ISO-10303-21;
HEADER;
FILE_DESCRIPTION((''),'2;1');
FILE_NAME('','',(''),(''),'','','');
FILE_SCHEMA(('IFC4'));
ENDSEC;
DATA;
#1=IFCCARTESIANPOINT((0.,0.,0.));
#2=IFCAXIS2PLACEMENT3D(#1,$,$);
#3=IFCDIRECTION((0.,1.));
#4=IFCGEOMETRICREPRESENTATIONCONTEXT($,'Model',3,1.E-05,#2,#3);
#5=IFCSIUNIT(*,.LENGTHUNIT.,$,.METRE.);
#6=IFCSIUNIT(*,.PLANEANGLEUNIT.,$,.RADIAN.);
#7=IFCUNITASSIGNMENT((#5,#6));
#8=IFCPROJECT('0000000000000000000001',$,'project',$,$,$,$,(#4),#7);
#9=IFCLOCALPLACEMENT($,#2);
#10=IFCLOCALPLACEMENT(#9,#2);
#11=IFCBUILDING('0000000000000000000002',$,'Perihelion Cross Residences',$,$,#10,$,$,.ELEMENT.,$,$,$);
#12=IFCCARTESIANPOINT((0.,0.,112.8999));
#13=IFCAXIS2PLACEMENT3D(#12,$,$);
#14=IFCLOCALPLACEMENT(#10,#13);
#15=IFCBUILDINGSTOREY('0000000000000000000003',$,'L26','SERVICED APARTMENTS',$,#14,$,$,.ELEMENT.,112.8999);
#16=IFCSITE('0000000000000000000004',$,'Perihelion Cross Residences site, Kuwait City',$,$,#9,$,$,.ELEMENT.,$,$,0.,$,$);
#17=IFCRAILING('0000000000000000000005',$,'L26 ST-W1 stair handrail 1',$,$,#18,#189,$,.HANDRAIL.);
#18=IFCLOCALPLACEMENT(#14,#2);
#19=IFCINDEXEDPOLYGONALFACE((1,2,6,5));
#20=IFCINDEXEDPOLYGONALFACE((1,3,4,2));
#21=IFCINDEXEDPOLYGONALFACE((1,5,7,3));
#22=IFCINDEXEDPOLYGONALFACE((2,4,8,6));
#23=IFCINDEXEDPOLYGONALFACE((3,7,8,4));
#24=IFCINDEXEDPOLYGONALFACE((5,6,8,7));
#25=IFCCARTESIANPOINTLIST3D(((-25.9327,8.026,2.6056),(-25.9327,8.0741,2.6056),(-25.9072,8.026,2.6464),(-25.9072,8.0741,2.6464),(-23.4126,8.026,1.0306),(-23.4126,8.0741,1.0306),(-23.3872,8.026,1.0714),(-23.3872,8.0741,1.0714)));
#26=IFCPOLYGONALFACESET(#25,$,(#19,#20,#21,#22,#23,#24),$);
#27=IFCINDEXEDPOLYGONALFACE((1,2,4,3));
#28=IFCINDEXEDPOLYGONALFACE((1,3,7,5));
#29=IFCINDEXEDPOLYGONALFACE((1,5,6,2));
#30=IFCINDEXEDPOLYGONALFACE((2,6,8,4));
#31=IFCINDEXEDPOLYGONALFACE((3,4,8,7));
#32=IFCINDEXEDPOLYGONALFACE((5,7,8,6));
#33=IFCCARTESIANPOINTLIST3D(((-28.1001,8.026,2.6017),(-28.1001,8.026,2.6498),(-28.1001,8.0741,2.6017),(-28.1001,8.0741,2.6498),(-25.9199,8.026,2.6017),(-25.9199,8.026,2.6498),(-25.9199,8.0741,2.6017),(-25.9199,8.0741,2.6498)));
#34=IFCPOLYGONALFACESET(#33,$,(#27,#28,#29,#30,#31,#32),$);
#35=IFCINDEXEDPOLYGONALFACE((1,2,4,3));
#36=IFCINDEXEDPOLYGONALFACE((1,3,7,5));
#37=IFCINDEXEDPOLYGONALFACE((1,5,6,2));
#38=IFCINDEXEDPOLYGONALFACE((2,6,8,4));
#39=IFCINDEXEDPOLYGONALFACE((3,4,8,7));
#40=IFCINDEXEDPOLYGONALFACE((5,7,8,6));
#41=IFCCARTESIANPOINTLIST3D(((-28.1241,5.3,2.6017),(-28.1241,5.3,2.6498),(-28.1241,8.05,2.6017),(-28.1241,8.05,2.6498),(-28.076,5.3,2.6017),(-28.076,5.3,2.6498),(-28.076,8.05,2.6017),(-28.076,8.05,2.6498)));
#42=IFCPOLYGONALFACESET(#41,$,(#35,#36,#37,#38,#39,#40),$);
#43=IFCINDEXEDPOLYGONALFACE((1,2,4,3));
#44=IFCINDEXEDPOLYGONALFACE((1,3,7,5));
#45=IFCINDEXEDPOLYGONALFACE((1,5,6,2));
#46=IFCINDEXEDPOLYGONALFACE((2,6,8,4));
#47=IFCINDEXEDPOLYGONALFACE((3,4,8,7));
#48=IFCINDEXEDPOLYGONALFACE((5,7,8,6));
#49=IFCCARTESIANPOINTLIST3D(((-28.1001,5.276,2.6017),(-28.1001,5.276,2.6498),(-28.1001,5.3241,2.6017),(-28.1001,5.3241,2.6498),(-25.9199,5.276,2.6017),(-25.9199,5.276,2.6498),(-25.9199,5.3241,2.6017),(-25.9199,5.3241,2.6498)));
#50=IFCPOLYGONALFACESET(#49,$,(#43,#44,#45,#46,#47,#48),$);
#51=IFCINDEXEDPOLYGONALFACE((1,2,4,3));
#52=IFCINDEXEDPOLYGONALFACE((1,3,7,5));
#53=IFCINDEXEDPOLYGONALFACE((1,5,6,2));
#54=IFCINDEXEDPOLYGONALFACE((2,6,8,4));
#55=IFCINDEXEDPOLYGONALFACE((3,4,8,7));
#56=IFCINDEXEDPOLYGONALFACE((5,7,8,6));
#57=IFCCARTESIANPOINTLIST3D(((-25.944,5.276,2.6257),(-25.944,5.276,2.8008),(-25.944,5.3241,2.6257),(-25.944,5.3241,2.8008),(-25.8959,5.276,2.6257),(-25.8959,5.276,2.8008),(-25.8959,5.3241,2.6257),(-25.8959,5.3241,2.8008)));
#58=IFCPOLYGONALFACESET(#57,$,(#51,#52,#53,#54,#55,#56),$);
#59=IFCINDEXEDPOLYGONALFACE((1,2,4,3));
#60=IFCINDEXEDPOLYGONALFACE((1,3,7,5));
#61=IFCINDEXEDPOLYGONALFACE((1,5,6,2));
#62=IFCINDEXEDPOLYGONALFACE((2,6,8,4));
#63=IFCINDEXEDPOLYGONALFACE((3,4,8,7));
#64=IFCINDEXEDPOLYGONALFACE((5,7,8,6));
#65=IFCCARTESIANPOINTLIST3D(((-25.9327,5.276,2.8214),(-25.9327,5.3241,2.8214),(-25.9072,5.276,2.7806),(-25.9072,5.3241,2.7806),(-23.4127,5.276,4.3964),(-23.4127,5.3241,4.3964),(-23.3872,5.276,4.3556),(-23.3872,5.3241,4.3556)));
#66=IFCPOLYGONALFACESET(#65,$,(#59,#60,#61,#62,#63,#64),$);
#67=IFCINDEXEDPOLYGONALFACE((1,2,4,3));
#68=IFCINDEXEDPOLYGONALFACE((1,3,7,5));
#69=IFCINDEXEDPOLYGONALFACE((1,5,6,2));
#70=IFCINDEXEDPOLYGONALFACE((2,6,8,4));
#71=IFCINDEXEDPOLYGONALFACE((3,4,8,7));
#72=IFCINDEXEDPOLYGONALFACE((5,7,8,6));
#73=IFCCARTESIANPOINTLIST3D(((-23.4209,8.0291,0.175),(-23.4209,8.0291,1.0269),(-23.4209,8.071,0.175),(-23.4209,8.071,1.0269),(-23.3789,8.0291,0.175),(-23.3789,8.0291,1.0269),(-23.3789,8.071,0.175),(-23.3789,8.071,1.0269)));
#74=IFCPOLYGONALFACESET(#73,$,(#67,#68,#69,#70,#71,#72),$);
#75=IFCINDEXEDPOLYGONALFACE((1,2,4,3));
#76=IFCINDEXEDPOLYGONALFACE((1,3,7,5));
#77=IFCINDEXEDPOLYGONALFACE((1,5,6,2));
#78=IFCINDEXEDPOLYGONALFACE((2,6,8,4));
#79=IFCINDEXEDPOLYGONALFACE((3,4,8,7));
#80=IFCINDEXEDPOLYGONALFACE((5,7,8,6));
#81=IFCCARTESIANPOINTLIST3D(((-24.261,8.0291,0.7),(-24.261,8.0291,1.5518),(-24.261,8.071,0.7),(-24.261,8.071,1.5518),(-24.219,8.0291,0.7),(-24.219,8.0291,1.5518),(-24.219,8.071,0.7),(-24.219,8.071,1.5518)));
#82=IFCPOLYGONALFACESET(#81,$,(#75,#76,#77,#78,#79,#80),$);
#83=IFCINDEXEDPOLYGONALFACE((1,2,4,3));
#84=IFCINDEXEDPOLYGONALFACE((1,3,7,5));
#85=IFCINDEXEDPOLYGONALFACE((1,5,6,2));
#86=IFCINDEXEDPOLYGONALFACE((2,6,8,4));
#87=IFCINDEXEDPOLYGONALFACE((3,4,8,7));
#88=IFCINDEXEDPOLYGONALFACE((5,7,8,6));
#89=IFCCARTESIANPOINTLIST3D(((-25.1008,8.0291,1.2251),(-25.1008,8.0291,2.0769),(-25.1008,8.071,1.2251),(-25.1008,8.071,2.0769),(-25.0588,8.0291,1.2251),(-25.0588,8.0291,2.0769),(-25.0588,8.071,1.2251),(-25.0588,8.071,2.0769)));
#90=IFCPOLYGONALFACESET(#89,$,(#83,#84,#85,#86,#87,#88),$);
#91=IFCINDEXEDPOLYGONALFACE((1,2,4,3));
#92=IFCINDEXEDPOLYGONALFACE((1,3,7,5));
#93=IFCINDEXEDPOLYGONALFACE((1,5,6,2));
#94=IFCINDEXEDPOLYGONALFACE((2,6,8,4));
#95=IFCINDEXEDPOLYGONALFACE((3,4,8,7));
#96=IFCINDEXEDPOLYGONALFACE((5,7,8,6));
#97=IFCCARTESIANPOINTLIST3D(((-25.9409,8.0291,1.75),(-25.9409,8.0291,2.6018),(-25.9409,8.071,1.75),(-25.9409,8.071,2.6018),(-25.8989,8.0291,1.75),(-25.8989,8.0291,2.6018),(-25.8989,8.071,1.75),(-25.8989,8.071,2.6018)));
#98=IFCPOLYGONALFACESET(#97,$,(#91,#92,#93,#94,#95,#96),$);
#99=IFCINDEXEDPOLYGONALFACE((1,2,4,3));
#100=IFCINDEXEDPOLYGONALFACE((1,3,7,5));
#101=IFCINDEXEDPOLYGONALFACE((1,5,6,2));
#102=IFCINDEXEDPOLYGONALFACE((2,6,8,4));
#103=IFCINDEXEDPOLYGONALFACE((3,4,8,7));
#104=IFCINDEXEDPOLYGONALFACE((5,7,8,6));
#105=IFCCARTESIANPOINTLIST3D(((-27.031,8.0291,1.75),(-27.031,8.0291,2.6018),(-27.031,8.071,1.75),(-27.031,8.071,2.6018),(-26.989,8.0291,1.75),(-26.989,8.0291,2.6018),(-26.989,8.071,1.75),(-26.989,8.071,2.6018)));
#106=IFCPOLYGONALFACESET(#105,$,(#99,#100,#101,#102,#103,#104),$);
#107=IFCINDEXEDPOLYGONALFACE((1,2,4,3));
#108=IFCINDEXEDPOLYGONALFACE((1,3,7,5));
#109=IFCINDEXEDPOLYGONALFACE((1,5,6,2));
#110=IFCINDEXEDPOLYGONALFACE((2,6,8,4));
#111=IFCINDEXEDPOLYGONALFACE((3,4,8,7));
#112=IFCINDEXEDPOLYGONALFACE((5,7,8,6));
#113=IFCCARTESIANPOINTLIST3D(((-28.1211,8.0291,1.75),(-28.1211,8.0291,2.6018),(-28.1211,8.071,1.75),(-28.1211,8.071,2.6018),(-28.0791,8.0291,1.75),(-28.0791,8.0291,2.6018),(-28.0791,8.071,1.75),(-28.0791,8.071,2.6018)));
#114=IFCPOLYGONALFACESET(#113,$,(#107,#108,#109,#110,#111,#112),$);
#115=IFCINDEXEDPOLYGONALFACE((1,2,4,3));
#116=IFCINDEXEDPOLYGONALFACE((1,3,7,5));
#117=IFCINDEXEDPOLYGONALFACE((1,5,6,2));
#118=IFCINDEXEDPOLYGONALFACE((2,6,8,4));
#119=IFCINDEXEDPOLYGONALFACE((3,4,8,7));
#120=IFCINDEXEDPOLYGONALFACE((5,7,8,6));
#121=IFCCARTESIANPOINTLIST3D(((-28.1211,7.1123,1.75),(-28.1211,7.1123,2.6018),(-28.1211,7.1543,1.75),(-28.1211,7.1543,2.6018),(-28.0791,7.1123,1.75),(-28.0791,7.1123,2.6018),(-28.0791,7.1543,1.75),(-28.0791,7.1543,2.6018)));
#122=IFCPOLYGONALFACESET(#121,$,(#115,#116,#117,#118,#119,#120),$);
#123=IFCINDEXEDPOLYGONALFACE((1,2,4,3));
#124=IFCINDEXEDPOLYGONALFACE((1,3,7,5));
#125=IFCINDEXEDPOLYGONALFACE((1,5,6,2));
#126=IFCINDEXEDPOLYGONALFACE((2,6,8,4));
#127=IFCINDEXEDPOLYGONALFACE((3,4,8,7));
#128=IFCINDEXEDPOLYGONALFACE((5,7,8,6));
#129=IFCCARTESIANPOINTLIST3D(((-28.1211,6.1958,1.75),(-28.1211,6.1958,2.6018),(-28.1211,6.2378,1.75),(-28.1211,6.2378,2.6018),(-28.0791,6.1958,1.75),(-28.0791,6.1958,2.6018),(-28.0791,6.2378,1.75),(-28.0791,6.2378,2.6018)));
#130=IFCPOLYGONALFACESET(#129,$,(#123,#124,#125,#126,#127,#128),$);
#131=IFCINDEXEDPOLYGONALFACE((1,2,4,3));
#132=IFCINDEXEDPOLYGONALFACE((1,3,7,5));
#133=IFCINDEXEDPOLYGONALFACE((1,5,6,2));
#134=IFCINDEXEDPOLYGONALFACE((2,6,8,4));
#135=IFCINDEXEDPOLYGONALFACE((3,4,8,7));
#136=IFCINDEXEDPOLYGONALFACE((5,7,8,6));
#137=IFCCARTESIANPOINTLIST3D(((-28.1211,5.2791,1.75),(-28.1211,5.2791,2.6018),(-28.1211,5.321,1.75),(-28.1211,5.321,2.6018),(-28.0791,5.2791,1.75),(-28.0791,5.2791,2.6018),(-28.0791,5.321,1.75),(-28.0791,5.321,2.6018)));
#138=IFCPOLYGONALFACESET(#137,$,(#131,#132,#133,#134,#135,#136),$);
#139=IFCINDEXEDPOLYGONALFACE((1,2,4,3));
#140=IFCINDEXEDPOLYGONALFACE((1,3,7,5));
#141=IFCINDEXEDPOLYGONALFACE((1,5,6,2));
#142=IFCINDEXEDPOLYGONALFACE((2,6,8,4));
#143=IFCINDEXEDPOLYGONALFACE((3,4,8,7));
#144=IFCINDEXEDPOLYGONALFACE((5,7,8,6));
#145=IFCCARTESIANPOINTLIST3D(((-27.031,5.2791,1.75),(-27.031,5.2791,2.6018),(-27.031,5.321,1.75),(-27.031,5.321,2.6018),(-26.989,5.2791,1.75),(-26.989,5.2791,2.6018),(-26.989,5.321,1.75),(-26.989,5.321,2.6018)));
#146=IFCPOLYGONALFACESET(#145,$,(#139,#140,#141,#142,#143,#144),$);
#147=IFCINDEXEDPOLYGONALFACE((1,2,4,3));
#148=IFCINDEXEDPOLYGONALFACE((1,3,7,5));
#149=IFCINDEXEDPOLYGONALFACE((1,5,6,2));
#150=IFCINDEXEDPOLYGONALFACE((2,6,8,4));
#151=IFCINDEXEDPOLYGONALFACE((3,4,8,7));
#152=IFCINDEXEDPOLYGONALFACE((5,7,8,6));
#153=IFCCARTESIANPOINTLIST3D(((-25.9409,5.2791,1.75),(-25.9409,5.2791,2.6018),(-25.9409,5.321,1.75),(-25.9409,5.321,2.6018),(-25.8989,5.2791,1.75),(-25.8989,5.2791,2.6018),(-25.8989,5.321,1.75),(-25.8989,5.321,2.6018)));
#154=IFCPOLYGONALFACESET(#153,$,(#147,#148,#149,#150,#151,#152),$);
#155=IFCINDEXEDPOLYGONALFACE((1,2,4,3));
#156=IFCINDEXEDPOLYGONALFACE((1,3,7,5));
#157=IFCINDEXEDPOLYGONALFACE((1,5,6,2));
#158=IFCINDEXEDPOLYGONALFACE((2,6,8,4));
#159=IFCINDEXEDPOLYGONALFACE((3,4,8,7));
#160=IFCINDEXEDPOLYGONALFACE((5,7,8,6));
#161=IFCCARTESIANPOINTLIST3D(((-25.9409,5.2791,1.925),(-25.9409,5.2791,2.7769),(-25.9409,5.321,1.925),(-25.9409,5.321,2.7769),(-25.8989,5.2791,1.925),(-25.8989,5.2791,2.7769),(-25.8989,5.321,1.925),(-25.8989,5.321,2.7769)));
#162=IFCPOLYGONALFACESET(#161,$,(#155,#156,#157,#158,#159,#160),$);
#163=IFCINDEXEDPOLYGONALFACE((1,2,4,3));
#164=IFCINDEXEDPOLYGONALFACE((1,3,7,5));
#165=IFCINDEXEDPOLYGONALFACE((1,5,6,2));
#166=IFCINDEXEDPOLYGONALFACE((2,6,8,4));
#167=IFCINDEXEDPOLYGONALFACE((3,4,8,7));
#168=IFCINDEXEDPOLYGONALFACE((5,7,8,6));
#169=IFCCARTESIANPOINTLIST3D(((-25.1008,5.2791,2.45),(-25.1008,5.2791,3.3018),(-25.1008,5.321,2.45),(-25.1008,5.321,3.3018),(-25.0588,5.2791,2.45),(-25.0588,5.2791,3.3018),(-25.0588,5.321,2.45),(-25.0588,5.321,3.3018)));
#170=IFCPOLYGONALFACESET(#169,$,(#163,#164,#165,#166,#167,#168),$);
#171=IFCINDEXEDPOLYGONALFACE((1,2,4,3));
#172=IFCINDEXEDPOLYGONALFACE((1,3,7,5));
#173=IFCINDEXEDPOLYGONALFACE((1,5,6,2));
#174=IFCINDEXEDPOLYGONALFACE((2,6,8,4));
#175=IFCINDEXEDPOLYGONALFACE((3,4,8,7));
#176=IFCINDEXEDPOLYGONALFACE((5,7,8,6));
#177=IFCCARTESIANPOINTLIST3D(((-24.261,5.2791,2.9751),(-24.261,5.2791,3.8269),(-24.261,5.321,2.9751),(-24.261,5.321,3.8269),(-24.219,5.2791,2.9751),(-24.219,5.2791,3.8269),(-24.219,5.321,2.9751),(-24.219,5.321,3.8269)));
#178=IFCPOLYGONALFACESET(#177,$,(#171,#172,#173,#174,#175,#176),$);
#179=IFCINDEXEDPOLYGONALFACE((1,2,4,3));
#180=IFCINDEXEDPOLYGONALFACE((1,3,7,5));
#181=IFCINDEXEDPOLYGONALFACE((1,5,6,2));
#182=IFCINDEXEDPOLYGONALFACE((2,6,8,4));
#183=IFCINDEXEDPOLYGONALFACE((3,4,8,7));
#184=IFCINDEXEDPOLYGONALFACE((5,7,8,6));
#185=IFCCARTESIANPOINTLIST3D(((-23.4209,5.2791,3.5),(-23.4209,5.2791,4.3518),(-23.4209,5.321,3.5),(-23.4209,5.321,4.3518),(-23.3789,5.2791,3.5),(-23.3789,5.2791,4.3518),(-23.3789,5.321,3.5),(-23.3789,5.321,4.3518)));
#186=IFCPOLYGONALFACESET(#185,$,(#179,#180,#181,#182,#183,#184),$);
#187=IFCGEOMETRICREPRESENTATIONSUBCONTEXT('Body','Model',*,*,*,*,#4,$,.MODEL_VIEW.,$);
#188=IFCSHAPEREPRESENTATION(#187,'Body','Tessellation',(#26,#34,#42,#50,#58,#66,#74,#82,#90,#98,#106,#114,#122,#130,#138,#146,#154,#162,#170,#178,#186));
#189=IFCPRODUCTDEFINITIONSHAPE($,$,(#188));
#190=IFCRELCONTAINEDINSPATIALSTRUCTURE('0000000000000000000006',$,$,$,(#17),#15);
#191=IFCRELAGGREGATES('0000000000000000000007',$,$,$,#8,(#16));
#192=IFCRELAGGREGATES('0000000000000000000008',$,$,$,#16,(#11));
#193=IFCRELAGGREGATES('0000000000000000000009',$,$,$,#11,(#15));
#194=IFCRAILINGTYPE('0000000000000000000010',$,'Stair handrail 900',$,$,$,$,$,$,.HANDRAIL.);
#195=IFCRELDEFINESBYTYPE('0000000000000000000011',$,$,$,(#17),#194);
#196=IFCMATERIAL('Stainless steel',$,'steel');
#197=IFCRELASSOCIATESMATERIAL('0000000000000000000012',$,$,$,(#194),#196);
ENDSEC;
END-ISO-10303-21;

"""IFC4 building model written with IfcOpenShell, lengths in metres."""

from ifc_helpers import new_model, si_unit, direction, frame, origin, origin_2d, place, context, subcontext, project, spatial, rectangle, extrude, material, type_object, element, save


model = new_model("IFC4")

# Units and contexts
model_context = context("Model", 3, precision=1e-05, world=origin(), true_north=direction((0.0, 1.0)))
body_context = subcontext(model_context, "Body", "Model", "MODEL_VIEW")
ifc_project = project(units=[si_unit("LENGTHUNIT", "METRE"), si_unit("PLANEANGLEUNIT", "RADIAN")], contexts=[model_context])

# Site, building, storey
site_placement = place(None, origin())
site = spatial("IfcSite", under=ifc_project, at=site_placement, Name="Perihelion Cross Residences site, Kuwait City", CompositionType="ELEMENT", RefElevation=0.0)
building_placement = place(site_placement, origin())
building = spatial("IfcBuilding", under=site, at=building_placement, Name="Perihelion Cross Residences", CompositionType="ELEMENT")
storey_placement = place(building_placement, frame((0.0, 0.0, 112.8999)))
storey = spatial("IfcBuildingStorey", under=building, at=storey_placement, Name="L26", Description="SERVICED APARTMENTS", CompositionType="ELEMENT", Elevation=112.8999)

# Railing
ifc_material_1 = material(Name="Stainless steel", Category="steel")
railing_type_1 = type_object("IfcRailingType", Name="Stair handrail 900", PredefinedType="HANDRAIL", material=ifc_material_1)
railing_1_placement = place(storey_placement, frame((-23.3999, 8.05, 0.175)))
element("IfcRailing", 1, at=railing_1_placement, inside=storey, type_object=railing_type_1, Name="L26 ST-W1 stair handrail 1", PredefinedType="HANDRAIL", context=body_context, shape_type="SweptSolid", body=[
    extrude(rectangle(XDim=0.0481, YDim=0.0481, at=origin_2d()), frame((0.0, 0.0, 0.876), z_axis=(-0.848008, 0.0, 0.529984), x_axis=(0.0, -1.0, 0.0)), (0.0, 0.0, 1.0), 2.9717),
    extrude(rectangle(XDim=0.0481, YDim=0.0481, at=origin_2d()), frame((-2.52, 0.0, 2.4507), z_axis=(-1.0, 0.0, 0.0), x_axis=(0.0, -1.0, 0.0)), (0.0, 0.0, 1.0), 2.1802),
    extrude(rectangle(XDim=0.0481, YDim=0.0481, at=origin_2d()), frame((-4.7002, 0.0, 2.4507), z_axis=(0.0, -1.0, 0.0), x_axis=(1.0, 0.0, 0.0)), (0.0, 0.0, 1.0), 2.75),
    extrude(rectangle(XDim=0.0481, YDim=0.0481, at=origin_2d()), frame((-4.7002, -2.75, 2.4507), z_axis=(1.0, 0.0, 0.0), x_axis=(0.0, 1.0, 0.0)), (0.0, 0.0, 1.0), 2.1802),
    extrude(rectangle(XDim=0.0481, YDim=0.0481, at=origin_2d()), frame((-2.52, -2.75, 2.4507), z_axis=(0.0, 0.0, 1.0), x_axis=(1.0, 0.0, 0.0)), (0.0, 0.0, 1.0), 0.175),
    extrude(rectangle(XDim=0.0481, YDim=0.0481, at=origin_2d()), frame((-2.52, -2.75, 2.626), z_axis=(0.848008, 0.0, 0.529984), x_axis=(0.0, 1.0, 0.0)), (0.0, 0.0, 1.0), 2.9717),
    extrude(rectangle(XDim=0.042, YDim=0.042, at=origin_2d()), origin(), (0.0, 0.0, 1.0), 0.8518),
    extrude(rectangle(XDim=0.042, YDim=0.042, at=origin_2d()), frame((-0.8401, 0.0, 0.5249)), (0.0, 0.0, 1.0), 0.8518),
    extrude(rectangle(XDim=0.042, YDim=0.042, at=origin_2d()), frame((-1.6799, 0.0, 1.05)), (0.0, 0.0, 1.0), 0.8518),
    extrude(rectangle(XDim=0.042, YDim=0.042, at=origin_2d()), frame((-2.52, 0.0, 1.575)), (0.0, 0.0, 1.0), 0.8518),
    extrude(rectangle(XDim=0.042, YDim=0.042, at=origin_2d()), frame((-3.6101, 0.0, 1.575)), (0.0, 0.0, 1.0), 0.8518),
    extrude(rectangle(XDim=0.042, YDim=0.042, at=origin_2d()), frame((-4.7002, 0.0, 1.575)), (0.0, 0.0, 1.0), 0.8518),
    extrude(rectangle(XDim=0.042, YDim=0.042, at=origin_2d()), frame((-4.7002, -0.9167, 1.575)), (0.0, 0.0, 1.0), 0.8518),
    extrude(rectangle(XDim=0.042, YDim=0.042, at=origin_2d()), frame((-4.7002, -1.8333, 1.575)), (0.0, 0.0, 1.0), 0.8518),
    extrude(rectangle(XDim=0.042, YDim=0.042, at=origin_2d()), frame((-4.7002, -2.75, 1.575)), (0.0, 0.0, 1.0), 0.8518),
    extrude(rectangle(XDim=0.042, YDim=0.042, at=origin_2d()), frame((-3.6101, -2.75, 1.575)), (0.0, 0.0, 1.0), 0.8518),
    extrude(rectangle(XDim=0.042, YDim=0.042, at=origin_2d()), frame((-2.52, -2.75, 1.575)), (0.0, 0.0, 1.0), 0.8518),
    extrude(rectangle(XDim=0.042, YDim=0.042, at=origin_2d()), frame((-2.52, -2.75, 1.75)), (0.0, 0.0, 1.0), 0.8518),
    extrude(rectangle(XDim=0.042, YDim=0.042, at=origin_2d()), frame((-1.6799, -2.75, 2.2749)), (0.0, 0.0, 1.0), 0.8518),
    extrude(rectangle(XDim=0.042, YDim=0.042, at=origin_2d()), frame((-0.8401, -2.75, 2.8)), (0.0, 0.0, 1.0), 0.8518),
    extrude(rectangle(XDim=0.042, YDim=0.042, at=origin_2d()), frame((0.0, -2.75, 3.325)), (0.0, 0.0, 1.0), 0.8518),
])

save(model, "model.ifc")
